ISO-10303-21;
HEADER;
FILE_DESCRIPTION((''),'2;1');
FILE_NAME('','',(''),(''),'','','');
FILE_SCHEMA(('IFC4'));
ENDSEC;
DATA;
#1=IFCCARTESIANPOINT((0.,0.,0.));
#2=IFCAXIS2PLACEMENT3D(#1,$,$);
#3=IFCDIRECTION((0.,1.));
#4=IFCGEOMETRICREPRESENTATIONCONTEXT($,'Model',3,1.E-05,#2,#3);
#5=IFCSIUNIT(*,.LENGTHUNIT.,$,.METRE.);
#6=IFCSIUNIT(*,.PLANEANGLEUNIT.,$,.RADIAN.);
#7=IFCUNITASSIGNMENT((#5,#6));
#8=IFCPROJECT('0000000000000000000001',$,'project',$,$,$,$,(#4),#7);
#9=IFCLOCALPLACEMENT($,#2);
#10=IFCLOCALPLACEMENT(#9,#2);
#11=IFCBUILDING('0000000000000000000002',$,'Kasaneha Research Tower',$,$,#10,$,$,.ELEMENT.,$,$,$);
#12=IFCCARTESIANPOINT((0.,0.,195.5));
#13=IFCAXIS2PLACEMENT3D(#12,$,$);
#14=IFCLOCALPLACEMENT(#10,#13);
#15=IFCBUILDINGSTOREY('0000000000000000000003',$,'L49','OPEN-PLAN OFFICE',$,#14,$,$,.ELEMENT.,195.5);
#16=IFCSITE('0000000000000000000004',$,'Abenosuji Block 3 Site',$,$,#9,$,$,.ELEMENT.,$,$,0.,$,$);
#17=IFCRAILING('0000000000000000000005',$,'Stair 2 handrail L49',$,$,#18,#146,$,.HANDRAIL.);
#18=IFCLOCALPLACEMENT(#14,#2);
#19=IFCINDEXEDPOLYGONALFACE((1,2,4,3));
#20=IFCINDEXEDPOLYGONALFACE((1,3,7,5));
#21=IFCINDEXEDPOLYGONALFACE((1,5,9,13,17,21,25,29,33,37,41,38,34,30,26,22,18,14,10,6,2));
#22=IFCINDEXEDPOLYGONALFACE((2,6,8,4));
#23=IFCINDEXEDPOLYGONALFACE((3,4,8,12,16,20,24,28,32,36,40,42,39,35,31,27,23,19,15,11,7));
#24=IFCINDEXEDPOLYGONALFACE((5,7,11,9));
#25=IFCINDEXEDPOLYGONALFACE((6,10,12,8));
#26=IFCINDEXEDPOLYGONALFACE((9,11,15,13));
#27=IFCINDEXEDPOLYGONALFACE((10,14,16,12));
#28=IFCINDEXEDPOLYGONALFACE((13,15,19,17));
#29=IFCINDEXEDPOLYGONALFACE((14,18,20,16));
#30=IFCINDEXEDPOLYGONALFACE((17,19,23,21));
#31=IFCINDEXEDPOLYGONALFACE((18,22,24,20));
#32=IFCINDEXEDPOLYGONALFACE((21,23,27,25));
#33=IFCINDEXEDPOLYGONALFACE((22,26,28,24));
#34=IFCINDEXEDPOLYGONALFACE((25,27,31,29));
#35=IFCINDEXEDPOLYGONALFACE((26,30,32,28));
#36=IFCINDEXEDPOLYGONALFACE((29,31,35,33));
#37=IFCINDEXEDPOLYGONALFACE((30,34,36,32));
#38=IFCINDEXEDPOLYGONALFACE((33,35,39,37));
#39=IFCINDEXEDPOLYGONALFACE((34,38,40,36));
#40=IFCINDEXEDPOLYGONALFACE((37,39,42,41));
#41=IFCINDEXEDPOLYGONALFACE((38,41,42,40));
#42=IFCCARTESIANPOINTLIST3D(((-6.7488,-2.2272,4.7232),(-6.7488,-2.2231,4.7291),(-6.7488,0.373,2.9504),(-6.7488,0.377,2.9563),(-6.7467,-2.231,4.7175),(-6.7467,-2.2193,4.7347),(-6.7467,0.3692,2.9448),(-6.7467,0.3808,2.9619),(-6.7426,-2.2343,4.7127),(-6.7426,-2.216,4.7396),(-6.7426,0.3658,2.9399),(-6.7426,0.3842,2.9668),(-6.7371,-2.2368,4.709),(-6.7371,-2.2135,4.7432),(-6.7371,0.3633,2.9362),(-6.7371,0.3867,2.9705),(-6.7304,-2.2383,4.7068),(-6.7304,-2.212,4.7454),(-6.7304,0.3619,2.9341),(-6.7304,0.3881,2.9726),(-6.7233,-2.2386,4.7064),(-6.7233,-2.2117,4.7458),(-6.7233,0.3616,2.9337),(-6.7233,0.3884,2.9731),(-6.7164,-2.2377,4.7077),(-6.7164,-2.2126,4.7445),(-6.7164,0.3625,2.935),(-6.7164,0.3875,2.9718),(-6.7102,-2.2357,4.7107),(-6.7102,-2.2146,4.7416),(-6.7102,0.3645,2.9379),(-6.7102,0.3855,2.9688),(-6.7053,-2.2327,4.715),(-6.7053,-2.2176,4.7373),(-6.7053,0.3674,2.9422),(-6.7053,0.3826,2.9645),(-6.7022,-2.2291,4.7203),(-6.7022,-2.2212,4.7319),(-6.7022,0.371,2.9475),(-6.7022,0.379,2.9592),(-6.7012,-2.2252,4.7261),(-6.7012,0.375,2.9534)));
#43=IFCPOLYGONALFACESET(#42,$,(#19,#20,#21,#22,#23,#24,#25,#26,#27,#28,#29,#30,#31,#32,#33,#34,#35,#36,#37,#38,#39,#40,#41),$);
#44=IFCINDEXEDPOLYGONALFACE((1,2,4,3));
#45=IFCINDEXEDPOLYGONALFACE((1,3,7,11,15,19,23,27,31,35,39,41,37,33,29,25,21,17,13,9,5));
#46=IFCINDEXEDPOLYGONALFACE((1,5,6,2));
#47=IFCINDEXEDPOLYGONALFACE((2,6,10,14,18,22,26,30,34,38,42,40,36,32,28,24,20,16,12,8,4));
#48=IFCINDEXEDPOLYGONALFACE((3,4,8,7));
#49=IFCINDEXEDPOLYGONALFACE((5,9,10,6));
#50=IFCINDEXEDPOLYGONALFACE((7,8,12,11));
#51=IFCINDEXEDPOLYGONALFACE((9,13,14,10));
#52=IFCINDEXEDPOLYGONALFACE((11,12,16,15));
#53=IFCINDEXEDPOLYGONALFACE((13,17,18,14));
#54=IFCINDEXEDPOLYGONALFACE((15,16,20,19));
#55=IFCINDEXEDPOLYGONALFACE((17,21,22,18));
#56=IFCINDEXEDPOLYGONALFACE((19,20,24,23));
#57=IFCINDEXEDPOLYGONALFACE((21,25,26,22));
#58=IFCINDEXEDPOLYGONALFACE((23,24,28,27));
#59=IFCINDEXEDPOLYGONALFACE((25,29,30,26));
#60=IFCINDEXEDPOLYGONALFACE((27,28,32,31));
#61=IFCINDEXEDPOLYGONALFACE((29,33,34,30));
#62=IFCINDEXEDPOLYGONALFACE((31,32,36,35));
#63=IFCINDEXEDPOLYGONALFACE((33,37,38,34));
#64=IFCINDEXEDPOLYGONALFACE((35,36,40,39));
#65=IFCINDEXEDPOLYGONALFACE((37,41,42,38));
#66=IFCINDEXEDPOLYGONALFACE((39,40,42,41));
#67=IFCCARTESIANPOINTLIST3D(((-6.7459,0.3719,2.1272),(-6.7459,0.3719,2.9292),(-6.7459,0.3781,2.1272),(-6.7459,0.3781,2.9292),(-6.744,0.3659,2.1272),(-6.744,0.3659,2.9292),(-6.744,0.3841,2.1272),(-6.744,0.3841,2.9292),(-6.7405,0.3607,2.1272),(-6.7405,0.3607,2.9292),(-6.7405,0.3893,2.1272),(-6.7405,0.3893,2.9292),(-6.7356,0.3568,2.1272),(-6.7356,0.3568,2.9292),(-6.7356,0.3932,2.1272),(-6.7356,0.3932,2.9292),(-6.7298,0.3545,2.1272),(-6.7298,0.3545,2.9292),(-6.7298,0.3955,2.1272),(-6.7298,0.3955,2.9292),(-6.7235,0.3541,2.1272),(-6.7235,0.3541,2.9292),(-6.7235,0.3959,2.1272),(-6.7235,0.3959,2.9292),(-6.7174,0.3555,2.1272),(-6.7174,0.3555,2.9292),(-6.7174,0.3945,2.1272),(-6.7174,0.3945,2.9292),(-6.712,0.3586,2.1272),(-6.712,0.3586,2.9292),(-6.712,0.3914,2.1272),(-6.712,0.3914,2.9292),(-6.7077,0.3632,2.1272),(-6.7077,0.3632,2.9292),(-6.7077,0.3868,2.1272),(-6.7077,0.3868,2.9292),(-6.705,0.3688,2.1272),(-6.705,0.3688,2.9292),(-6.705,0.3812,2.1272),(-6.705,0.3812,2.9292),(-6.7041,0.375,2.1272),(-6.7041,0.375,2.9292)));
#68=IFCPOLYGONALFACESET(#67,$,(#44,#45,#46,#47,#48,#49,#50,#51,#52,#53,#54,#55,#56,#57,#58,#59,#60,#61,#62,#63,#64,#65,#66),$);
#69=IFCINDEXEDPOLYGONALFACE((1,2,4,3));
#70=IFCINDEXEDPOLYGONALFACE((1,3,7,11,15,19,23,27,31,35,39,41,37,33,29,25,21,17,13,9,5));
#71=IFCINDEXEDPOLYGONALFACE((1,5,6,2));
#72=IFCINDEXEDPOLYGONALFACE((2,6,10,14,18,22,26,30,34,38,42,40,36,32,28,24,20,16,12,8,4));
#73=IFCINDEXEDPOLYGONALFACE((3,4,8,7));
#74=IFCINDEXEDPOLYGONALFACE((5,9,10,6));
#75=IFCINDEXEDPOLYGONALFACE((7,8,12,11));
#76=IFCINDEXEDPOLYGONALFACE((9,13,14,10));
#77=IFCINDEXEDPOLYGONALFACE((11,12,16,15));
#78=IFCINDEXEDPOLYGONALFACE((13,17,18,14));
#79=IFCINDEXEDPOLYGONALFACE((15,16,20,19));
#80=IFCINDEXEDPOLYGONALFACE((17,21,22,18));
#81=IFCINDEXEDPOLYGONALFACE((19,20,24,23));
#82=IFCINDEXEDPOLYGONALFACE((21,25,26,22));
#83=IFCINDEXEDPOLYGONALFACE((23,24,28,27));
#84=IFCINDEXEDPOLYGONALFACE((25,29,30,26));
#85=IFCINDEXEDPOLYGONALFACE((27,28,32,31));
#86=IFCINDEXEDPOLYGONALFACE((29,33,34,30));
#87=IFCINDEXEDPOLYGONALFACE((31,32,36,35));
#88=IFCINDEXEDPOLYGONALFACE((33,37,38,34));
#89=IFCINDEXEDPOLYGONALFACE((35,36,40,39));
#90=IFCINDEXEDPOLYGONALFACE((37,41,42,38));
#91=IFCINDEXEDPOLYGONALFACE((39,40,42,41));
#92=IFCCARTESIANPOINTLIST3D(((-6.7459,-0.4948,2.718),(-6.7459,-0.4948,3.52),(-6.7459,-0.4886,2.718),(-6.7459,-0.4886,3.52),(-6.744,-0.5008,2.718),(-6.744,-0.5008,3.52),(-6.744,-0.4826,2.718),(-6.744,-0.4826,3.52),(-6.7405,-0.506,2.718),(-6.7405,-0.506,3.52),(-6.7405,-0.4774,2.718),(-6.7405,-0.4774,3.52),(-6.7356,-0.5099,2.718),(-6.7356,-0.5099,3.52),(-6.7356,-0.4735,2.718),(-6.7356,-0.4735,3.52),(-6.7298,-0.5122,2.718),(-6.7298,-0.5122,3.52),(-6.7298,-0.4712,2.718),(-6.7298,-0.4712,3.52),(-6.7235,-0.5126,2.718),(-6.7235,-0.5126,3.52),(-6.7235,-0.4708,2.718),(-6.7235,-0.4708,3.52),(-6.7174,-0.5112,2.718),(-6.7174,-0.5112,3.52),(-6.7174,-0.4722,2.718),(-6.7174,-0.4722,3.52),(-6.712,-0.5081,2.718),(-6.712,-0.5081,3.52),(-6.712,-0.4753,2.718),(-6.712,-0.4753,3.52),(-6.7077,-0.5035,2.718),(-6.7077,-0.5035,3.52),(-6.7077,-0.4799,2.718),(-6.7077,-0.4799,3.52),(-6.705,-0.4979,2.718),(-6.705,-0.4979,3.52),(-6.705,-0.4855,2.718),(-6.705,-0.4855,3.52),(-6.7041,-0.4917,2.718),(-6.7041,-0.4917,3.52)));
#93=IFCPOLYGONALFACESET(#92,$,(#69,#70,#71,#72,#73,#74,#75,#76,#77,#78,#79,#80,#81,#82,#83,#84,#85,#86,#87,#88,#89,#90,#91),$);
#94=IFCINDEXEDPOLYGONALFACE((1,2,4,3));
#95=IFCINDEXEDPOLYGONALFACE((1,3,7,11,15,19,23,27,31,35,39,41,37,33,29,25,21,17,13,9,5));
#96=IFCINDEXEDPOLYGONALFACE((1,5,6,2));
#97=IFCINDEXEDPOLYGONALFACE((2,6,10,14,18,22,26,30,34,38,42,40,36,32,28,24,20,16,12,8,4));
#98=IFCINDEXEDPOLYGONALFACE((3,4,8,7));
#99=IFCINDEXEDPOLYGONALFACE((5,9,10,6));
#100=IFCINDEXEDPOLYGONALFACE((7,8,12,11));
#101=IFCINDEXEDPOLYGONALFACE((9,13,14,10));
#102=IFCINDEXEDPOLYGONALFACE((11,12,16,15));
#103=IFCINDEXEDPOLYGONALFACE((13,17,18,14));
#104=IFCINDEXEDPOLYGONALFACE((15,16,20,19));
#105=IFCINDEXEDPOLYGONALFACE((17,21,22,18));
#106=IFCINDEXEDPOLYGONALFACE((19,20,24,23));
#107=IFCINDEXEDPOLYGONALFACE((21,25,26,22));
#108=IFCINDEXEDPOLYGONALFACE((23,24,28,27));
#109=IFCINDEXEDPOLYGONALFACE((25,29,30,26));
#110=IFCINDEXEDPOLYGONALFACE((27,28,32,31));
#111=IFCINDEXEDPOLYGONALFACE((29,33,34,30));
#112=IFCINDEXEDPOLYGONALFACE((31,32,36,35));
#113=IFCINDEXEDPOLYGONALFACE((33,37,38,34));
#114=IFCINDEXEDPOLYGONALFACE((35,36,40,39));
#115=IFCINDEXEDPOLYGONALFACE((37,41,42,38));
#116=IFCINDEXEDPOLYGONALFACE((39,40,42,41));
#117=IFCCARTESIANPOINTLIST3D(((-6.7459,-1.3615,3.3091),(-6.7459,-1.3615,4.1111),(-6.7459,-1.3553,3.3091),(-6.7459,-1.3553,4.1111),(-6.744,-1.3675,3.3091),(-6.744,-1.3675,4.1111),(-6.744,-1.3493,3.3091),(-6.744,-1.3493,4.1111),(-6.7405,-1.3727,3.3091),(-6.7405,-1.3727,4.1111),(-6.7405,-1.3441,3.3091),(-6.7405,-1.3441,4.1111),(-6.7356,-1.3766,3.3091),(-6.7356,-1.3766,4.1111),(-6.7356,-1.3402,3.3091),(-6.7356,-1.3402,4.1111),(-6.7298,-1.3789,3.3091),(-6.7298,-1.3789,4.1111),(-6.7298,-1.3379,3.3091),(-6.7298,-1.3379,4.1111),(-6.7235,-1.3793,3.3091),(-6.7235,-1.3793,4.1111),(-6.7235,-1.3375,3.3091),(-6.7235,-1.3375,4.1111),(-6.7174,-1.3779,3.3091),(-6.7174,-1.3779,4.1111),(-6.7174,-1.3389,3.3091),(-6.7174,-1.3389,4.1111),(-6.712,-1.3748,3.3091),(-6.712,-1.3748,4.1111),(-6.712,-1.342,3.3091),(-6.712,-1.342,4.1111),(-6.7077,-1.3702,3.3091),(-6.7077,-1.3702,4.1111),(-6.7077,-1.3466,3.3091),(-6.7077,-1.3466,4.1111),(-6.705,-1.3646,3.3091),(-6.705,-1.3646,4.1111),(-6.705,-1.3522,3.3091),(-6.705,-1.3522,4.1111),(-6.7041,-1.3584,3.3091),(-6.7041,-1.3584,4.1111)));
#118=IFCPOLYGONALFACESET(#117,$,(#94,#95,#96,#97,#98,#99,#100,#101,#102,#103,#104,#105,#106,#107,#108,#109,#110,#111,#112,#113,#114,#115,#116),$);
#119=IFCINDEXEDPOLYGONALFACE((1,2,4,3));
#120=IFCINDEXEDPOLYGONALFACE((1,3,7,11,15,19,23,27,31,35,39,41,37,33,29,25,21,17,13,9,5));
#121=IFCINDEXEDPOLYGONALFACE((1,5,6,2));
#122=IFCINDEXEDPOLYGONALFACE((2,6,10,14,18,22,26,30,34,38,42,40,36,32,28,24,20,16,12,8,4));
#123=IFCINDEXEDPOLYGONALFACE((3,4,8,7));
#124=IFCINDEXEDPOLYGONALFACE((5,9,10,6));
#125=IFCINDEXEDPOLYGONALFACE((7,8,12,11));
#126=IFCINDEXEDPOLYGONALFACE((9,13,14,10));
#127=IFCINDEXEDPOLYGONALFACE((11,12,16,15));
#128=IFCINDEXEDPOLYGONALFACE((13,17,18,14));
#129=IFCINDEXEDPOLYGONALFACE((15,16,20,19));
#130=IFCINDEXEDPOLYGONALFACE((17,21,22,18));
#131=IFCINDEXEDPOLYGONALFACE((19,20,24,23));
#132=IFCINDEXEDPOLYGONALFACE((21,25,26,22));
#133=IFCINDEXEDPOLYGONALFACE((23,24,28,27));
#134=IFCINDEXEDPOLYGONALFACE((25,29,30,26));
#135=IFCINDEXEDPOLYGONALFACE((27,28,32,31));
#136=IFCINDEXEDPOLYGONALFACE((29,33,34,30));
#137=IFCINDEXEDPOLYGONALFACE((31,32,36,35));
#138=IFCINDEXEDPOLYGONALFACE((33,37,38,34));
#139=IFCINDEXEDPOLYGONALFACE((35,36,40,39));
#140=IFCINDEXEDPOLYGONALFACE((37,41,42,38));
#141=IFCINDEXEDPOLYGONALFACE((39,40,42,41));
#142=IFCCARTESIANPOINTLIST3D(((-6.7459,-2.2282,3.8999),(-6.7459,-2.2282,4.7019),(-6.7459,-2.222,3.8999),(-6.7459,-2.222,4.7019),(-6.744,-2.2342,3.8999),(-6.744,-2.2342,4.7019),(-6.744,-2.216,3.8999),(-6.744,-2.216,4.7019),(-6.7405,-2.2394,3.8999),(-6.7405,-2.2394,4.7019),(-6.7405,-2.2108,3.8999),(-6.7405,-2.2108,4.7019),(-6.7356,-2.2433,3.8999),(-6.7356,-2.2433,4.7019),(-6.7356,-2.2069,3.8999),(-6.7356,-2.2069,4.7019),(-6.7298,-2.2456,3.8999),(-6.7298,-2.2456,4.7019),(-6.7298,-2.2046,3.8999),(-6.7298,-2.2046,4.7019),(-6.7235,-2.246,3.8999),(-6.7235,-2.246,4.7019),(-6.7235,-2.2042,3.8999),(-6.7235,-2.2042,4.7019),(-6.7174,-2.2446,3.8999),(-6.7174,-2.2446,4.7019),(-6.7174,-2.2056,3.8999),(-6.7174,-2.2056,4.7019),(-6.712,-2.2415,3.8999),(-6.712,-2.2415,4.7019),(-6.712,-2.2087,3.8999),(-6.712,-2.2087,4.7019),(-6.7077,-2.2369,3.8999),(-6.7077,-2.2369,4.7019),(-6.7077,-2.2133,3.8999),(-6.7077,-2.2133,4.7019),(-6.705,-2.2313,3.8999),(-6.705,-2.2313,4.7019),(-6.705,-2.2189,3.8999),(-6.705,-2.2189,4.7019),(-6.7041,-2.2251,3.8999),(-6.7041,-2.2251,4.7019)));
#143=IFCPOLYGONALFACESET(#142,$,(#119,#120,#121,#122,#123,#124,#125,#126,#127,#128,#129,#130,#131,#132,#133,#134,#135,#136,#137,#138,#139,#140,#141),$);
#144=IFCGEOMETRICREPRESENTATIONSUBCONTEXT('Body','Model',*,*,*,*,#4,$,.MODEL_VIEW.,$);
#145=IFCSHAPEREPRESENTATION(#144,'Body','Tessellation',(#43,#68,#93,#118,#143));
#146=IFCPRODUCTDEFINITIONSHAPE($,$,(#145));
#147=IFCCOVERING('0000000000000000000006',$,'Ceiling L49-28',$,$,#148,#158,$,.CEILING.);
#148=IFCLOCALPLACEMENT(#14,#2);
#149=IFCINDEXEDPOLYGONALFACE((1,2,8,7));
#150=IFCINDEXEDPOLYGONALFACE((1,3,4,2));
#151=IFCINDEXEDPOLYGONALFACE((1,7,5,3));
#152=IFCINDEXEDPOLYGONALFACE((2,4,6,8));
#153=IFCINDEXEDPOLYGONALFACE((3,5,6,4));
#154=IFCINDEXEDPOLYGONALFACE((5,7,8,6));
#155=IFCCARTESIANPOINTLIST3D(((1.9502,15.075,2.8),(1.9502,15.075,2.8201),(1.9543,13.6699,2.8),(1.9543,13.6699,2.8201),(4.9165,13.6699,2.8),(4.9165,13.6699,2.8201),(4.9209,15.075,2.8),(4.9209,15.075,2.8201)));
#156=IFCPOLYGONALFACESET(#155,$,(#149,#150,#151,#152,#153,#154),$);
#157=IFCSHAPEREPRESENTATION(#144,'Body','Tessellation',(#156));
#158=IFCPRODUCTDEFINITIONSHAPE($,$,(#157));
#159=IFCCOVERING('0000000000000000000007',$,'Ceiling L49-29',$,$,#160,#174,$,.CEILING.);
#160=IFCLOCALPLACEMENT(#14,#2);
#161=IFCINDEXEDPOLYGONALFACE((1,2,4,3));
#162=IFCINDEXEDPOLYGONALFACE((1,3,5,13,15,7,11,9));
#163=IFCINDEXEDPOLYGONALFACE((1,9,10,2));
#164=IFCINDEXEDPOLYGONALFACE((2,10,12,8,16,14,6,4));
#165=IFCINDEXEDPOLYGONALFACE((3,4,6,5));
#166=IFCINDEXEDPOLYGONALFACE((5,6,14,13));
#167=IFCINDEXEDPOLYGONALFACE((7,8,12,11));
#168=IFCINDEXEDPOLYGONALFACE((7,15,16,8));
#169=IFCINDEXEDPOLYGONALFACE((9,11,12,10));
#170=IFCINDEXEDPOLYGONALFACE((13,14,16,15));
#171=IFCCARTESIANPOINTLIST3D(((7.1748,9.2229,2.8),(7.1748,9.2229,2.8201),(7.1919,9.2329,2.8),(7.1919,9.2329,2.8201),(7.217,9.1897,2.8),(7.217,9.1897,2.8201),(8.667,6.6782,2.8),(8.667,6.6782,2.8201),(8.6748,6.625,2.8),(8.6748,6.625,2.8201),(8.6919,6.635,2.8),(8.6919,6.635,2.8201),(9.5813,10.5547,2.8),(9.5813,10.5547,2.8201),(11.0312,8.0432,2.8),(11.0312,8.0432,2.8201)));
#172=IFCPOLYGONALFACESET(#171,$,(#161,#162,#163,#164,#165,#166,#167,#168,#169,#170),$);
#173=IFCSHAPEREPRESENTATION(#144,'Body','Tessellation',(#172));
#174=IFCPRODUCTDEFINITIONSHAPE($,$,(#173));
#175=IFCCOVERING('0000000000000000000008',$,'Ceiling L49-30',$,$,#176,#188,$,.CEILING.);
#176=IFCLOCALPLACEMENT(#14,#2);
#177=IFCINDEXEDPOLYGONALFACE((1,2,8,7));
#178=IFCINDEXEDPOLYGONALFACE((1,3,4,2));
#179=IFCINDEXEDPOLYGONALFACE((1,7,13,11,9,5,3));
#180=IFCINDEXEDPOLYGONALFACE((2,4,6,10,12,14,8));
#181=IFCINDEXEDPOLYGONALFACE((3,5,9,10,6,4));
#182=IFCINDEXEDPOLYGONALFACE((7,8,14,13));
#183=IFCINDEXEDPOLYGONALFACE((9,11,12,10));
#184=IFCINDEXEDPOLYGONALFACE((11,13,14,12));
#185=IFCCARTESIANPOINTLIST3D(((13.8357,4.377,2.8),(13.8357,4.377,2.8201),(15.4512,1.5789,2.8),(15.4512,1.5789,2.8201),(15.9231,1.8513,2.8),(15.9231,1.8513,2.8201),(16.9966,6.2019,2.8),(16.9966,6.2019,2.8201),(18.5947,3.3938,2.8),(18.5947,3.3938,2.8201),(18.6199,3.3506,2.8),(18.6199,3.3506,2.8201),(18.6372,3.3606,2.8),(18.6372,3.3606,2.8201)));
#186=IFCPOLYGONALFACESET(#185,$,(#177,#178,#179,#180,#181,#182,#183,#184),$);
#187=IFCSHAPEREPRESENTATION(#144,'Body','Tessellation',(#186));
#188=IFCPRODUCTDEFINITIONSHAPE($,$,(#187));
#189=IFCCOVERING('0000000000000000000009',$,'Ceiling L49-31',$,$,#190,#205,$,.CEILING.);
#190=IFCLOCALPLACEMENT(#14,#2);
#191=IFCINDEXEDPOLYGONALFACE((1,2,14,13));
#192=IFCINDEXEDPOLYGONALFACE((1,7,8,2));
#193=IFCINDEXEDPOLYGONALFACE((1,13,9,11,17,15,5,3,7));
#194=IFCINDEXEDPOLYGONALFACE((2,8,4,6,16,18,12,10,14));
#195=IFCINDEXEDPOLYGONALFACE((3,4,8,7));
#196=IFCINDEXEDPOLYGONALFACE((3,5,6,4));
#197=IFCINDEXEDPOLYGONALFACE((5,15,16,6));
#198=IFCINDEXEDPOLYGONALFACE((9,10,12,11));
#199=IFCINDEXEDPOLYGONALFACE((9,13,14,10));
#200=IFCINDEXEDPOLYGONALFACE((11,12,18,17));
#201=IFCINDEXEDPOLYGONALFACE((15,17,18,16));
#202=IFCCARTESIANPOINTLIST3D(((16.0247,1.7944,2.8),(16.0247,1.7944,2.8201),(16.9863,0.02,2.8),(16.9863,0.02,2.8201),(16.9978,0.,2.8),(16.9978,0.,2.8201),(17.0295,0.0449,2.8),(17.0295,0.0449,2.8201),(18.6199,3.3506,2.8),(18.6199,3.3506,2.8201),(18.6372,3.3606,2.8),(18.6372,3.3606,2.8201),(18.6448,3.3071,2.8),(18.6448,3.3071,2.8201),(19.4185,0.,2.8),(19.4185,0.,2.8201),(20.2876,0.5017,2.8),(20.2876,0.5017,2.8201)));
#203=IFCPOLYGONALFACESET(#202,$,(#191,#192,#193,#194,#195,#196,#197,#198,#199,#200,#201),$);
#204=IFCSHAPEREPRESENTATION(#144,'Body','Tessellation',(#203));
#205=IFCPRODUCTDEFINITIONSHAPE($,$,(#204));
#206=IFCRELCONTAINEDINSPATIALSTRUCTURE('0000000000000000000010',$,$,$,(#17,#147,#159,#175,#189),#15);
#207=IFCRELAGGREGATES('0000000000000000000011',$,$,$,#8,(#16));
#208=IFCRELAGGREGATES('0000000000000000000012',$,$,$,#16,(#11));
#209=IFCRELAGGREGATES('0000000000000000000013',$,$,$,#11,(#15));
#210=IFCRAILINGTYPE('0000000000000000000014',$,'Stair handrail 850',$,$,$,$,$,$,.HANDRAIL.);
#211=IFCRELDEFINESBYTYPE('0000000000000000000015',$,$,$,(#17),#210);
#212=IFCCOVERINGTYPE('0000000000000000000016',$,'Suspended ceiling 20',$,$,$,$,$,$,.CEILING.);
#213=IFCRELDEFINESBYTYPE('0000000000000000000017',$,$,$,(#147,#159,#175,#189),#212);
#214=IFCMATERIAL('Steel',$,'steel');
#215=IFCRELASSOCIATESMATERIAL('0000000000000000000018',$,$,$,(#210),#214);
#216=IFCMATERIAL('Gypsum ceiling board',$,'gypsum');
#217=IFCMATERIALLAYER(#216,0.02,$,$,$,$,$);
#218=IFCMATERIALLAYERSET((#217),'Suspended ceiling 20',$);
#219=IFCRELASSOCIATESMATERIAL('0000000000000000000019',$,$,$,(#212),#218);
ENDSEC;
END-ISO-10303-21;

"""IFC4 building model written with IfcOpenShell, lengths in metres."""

from ifc_helpers import new_model, si_unit, direction, frame, origin, origin_2d, place, context, subcontext, project, spatial, polyline, circle, outline, extrude, material, layer, layer_set, type_object, element, save


model = new_model("IFC4")

# Units and contexts
model_context = context("Model", 3, precision=1e-05, world=origin(), true_north=direction((0.0, 1.0)))
body_context = subcontext(model_context, "Body", "Model", "MODEL_VIEW")
ifc_project = project(units=[si_unit("LENGTHUNIT", "METRE"), si_unit("PLANEANGLEUNIT", "RADIAN")], contexts=[model_context])

# Site, building, storey
site_placement = place(None, origin())
site = spatial("IfcSite", under=ifc_project, at=site_placement, Name="Abenosuji Block 3 Site", CompositionType="ELEMENT", RefElevation=0.0)
building_placement = place(site_placement, origin())
building = spatial("IfcBuilding", under=site, at=building_placement, Name="Kasaneha Research Tower", CompositionType="ELEMENT")
storey_placement = place(building_placement, frame((0.0, 0.0, 195.5)))
storey = spatial("IfcBuildingStorey", under=building, at=storey_placement, Name="L49", Description="OPEN-PLAN OFFICE", CompositionType="ELEMENT", Elevation=195.5)

# Railing
ifc_material_1 = material(Name="Steel", Category="steel")
railing_type_1 = type_object("IfcRailingType", Name="Stair handrail 850", PredefinedType="HANDRAIL", material=ifc_material_1)
railing_1_placement = place(storey_placement, frame((-6.7251, 0.375, 2.1272)))
element("IfcRailing", 1, at=railing_1_placement, inside=storey, type_object=railing_type_1, Name="Stair 2 handrail L49", PredefinedType="HANDRAIL", context=body_context, shape_type="SweptSolid", body=[
    extrude(circle(Radius=0.0239, at=origin_2d()), frame((0.0, 0.0, 0.8262), z_axis=(0.0, -0.82624, 0.563318), x_axis=(1.0, 0.0, 0.0)), (0.0, 0.0, 1.0), 3.147),
    extrude(circle(Radius=0.021, at=origin_2d()), origin(), (0.0, 0.0, 1.0), 0.802),
    extrude(circle(Radius=0.021, at=origin_2d()), frame((0.0, -0.8667, 0.5908)), (0.0, 0.0, 1.0), 0.802),
    extrude(circle(Radius=0.021, at=origin_2d()), frame((0.0, -1.7334, 1.1819)), (0.0, 0.0, 1.0), 0.802),
    extrude(circle(Radius=0.021, at=origin_2d()), frame((0.0, -2.6001, 1.7727)), (0.0, 0.0, 1.0), 0.802),
])

# Coverings
ifc_material_2 = material(Name="Gypsum ceiling board", Category="gypsum")
ifc_layer_1 = layer(ifc_material_2, 0.02)
ifc_layer_set_1 = layer_set([ifc_layer_1], Name="Suspended ceiling 20")
covering_type = type_object("IfcCoveringType", Name="Suspended ceiling 20", PredefinedType="CEILING", material=ifc_layer_set_1)
covering_1_placement = place(storey_placement, frame((0.0, 0.0, 2.8)))
element("IfcCovering", 2, at=covering_1_placement, inside=storey, type_object=covering_type, Name="Ceiling L49-28", PredefinedType="CEILING", context=body_context, shape_type="SweptSolid", body=[
    extrude(outline(polyline([(4.9165, 13.6699), (1.9543, 13.6699), (1.9502, 15.075), (4.9209, 15.075), (4.9165, 13.6699)])), origin(), (0.0, 0.0, 1.0), 0.02),
])
covering_2_placement = place(storey_placement, frame((0.0, 0.0, 2.8)))
element("IfcCovering", 3, at=covering_2_placement, inside=storey, type_object=covering_type, Name="Ceiling L49-29", PredefinedType="CEILING", context=body_context, shape_type="SweptSolid", body=[
    extrude(outline(polyline([(7.1748, 9.2229), (7.1919, 9.2329), (7.217, 9.1897), (9.5813, 10.5547), (11.0312, 8.0432), (8.667, 6.6782), (8.6919, 6.635), (8.6748, 6.625), (7.1748, 9.2229)])), origin(), (0.0, 0.0, 1.0), 0.02),
])
covering_3_placement = place(storey_placement, frame((0.0, 0.0, 2.8)))
element("IfcCovering", 4, at=covering_3_placement, inside=storey, type_object=covering_type, Name="Ceiling L49-30", PredefinedType="CEILING", context=body_context, shape_type="SweptSolid", body=[
    extrude(outline(polyline([(18.6372, 3.3606), (18.6199, 3.3506), (18.5947, 3.3938), (15.9231, 1.8513), (15.9231, 1.8513), (15.4512, 1.5789), (13.8357, 4.377), (16.9966, 6.2019), (18.6372, 3.3606)])), origin(), (0.0, 0.0, 1.0), 0.02),
])
covering_4_placement = place(storey_placement, frame((0.0, 0.0, 2.8)))
element("IfcCovering", 5, at=covering_4_placement, inside=storey, type_object=covering_type, Name="Ceiling L49-31", PredefinedType="CEILING", context=body_context, shape_type="SweptSolid", body=[
    extrude(outline(polyline([(16.9978, 0.0), (16.9863, 0.02), (17.0295, 0.0449), (16.0247, 1.7944), (18.6448, 3.3071), (18.6199, 3.3506), (18.6372, 3.3606), (20.2876, 0.5017), (19.4185, 0.0), (16.9978, 0.0)])), origin(), (0.0, 0.0, 1.0), 0.02),
])

save(model, "model.ifc")
